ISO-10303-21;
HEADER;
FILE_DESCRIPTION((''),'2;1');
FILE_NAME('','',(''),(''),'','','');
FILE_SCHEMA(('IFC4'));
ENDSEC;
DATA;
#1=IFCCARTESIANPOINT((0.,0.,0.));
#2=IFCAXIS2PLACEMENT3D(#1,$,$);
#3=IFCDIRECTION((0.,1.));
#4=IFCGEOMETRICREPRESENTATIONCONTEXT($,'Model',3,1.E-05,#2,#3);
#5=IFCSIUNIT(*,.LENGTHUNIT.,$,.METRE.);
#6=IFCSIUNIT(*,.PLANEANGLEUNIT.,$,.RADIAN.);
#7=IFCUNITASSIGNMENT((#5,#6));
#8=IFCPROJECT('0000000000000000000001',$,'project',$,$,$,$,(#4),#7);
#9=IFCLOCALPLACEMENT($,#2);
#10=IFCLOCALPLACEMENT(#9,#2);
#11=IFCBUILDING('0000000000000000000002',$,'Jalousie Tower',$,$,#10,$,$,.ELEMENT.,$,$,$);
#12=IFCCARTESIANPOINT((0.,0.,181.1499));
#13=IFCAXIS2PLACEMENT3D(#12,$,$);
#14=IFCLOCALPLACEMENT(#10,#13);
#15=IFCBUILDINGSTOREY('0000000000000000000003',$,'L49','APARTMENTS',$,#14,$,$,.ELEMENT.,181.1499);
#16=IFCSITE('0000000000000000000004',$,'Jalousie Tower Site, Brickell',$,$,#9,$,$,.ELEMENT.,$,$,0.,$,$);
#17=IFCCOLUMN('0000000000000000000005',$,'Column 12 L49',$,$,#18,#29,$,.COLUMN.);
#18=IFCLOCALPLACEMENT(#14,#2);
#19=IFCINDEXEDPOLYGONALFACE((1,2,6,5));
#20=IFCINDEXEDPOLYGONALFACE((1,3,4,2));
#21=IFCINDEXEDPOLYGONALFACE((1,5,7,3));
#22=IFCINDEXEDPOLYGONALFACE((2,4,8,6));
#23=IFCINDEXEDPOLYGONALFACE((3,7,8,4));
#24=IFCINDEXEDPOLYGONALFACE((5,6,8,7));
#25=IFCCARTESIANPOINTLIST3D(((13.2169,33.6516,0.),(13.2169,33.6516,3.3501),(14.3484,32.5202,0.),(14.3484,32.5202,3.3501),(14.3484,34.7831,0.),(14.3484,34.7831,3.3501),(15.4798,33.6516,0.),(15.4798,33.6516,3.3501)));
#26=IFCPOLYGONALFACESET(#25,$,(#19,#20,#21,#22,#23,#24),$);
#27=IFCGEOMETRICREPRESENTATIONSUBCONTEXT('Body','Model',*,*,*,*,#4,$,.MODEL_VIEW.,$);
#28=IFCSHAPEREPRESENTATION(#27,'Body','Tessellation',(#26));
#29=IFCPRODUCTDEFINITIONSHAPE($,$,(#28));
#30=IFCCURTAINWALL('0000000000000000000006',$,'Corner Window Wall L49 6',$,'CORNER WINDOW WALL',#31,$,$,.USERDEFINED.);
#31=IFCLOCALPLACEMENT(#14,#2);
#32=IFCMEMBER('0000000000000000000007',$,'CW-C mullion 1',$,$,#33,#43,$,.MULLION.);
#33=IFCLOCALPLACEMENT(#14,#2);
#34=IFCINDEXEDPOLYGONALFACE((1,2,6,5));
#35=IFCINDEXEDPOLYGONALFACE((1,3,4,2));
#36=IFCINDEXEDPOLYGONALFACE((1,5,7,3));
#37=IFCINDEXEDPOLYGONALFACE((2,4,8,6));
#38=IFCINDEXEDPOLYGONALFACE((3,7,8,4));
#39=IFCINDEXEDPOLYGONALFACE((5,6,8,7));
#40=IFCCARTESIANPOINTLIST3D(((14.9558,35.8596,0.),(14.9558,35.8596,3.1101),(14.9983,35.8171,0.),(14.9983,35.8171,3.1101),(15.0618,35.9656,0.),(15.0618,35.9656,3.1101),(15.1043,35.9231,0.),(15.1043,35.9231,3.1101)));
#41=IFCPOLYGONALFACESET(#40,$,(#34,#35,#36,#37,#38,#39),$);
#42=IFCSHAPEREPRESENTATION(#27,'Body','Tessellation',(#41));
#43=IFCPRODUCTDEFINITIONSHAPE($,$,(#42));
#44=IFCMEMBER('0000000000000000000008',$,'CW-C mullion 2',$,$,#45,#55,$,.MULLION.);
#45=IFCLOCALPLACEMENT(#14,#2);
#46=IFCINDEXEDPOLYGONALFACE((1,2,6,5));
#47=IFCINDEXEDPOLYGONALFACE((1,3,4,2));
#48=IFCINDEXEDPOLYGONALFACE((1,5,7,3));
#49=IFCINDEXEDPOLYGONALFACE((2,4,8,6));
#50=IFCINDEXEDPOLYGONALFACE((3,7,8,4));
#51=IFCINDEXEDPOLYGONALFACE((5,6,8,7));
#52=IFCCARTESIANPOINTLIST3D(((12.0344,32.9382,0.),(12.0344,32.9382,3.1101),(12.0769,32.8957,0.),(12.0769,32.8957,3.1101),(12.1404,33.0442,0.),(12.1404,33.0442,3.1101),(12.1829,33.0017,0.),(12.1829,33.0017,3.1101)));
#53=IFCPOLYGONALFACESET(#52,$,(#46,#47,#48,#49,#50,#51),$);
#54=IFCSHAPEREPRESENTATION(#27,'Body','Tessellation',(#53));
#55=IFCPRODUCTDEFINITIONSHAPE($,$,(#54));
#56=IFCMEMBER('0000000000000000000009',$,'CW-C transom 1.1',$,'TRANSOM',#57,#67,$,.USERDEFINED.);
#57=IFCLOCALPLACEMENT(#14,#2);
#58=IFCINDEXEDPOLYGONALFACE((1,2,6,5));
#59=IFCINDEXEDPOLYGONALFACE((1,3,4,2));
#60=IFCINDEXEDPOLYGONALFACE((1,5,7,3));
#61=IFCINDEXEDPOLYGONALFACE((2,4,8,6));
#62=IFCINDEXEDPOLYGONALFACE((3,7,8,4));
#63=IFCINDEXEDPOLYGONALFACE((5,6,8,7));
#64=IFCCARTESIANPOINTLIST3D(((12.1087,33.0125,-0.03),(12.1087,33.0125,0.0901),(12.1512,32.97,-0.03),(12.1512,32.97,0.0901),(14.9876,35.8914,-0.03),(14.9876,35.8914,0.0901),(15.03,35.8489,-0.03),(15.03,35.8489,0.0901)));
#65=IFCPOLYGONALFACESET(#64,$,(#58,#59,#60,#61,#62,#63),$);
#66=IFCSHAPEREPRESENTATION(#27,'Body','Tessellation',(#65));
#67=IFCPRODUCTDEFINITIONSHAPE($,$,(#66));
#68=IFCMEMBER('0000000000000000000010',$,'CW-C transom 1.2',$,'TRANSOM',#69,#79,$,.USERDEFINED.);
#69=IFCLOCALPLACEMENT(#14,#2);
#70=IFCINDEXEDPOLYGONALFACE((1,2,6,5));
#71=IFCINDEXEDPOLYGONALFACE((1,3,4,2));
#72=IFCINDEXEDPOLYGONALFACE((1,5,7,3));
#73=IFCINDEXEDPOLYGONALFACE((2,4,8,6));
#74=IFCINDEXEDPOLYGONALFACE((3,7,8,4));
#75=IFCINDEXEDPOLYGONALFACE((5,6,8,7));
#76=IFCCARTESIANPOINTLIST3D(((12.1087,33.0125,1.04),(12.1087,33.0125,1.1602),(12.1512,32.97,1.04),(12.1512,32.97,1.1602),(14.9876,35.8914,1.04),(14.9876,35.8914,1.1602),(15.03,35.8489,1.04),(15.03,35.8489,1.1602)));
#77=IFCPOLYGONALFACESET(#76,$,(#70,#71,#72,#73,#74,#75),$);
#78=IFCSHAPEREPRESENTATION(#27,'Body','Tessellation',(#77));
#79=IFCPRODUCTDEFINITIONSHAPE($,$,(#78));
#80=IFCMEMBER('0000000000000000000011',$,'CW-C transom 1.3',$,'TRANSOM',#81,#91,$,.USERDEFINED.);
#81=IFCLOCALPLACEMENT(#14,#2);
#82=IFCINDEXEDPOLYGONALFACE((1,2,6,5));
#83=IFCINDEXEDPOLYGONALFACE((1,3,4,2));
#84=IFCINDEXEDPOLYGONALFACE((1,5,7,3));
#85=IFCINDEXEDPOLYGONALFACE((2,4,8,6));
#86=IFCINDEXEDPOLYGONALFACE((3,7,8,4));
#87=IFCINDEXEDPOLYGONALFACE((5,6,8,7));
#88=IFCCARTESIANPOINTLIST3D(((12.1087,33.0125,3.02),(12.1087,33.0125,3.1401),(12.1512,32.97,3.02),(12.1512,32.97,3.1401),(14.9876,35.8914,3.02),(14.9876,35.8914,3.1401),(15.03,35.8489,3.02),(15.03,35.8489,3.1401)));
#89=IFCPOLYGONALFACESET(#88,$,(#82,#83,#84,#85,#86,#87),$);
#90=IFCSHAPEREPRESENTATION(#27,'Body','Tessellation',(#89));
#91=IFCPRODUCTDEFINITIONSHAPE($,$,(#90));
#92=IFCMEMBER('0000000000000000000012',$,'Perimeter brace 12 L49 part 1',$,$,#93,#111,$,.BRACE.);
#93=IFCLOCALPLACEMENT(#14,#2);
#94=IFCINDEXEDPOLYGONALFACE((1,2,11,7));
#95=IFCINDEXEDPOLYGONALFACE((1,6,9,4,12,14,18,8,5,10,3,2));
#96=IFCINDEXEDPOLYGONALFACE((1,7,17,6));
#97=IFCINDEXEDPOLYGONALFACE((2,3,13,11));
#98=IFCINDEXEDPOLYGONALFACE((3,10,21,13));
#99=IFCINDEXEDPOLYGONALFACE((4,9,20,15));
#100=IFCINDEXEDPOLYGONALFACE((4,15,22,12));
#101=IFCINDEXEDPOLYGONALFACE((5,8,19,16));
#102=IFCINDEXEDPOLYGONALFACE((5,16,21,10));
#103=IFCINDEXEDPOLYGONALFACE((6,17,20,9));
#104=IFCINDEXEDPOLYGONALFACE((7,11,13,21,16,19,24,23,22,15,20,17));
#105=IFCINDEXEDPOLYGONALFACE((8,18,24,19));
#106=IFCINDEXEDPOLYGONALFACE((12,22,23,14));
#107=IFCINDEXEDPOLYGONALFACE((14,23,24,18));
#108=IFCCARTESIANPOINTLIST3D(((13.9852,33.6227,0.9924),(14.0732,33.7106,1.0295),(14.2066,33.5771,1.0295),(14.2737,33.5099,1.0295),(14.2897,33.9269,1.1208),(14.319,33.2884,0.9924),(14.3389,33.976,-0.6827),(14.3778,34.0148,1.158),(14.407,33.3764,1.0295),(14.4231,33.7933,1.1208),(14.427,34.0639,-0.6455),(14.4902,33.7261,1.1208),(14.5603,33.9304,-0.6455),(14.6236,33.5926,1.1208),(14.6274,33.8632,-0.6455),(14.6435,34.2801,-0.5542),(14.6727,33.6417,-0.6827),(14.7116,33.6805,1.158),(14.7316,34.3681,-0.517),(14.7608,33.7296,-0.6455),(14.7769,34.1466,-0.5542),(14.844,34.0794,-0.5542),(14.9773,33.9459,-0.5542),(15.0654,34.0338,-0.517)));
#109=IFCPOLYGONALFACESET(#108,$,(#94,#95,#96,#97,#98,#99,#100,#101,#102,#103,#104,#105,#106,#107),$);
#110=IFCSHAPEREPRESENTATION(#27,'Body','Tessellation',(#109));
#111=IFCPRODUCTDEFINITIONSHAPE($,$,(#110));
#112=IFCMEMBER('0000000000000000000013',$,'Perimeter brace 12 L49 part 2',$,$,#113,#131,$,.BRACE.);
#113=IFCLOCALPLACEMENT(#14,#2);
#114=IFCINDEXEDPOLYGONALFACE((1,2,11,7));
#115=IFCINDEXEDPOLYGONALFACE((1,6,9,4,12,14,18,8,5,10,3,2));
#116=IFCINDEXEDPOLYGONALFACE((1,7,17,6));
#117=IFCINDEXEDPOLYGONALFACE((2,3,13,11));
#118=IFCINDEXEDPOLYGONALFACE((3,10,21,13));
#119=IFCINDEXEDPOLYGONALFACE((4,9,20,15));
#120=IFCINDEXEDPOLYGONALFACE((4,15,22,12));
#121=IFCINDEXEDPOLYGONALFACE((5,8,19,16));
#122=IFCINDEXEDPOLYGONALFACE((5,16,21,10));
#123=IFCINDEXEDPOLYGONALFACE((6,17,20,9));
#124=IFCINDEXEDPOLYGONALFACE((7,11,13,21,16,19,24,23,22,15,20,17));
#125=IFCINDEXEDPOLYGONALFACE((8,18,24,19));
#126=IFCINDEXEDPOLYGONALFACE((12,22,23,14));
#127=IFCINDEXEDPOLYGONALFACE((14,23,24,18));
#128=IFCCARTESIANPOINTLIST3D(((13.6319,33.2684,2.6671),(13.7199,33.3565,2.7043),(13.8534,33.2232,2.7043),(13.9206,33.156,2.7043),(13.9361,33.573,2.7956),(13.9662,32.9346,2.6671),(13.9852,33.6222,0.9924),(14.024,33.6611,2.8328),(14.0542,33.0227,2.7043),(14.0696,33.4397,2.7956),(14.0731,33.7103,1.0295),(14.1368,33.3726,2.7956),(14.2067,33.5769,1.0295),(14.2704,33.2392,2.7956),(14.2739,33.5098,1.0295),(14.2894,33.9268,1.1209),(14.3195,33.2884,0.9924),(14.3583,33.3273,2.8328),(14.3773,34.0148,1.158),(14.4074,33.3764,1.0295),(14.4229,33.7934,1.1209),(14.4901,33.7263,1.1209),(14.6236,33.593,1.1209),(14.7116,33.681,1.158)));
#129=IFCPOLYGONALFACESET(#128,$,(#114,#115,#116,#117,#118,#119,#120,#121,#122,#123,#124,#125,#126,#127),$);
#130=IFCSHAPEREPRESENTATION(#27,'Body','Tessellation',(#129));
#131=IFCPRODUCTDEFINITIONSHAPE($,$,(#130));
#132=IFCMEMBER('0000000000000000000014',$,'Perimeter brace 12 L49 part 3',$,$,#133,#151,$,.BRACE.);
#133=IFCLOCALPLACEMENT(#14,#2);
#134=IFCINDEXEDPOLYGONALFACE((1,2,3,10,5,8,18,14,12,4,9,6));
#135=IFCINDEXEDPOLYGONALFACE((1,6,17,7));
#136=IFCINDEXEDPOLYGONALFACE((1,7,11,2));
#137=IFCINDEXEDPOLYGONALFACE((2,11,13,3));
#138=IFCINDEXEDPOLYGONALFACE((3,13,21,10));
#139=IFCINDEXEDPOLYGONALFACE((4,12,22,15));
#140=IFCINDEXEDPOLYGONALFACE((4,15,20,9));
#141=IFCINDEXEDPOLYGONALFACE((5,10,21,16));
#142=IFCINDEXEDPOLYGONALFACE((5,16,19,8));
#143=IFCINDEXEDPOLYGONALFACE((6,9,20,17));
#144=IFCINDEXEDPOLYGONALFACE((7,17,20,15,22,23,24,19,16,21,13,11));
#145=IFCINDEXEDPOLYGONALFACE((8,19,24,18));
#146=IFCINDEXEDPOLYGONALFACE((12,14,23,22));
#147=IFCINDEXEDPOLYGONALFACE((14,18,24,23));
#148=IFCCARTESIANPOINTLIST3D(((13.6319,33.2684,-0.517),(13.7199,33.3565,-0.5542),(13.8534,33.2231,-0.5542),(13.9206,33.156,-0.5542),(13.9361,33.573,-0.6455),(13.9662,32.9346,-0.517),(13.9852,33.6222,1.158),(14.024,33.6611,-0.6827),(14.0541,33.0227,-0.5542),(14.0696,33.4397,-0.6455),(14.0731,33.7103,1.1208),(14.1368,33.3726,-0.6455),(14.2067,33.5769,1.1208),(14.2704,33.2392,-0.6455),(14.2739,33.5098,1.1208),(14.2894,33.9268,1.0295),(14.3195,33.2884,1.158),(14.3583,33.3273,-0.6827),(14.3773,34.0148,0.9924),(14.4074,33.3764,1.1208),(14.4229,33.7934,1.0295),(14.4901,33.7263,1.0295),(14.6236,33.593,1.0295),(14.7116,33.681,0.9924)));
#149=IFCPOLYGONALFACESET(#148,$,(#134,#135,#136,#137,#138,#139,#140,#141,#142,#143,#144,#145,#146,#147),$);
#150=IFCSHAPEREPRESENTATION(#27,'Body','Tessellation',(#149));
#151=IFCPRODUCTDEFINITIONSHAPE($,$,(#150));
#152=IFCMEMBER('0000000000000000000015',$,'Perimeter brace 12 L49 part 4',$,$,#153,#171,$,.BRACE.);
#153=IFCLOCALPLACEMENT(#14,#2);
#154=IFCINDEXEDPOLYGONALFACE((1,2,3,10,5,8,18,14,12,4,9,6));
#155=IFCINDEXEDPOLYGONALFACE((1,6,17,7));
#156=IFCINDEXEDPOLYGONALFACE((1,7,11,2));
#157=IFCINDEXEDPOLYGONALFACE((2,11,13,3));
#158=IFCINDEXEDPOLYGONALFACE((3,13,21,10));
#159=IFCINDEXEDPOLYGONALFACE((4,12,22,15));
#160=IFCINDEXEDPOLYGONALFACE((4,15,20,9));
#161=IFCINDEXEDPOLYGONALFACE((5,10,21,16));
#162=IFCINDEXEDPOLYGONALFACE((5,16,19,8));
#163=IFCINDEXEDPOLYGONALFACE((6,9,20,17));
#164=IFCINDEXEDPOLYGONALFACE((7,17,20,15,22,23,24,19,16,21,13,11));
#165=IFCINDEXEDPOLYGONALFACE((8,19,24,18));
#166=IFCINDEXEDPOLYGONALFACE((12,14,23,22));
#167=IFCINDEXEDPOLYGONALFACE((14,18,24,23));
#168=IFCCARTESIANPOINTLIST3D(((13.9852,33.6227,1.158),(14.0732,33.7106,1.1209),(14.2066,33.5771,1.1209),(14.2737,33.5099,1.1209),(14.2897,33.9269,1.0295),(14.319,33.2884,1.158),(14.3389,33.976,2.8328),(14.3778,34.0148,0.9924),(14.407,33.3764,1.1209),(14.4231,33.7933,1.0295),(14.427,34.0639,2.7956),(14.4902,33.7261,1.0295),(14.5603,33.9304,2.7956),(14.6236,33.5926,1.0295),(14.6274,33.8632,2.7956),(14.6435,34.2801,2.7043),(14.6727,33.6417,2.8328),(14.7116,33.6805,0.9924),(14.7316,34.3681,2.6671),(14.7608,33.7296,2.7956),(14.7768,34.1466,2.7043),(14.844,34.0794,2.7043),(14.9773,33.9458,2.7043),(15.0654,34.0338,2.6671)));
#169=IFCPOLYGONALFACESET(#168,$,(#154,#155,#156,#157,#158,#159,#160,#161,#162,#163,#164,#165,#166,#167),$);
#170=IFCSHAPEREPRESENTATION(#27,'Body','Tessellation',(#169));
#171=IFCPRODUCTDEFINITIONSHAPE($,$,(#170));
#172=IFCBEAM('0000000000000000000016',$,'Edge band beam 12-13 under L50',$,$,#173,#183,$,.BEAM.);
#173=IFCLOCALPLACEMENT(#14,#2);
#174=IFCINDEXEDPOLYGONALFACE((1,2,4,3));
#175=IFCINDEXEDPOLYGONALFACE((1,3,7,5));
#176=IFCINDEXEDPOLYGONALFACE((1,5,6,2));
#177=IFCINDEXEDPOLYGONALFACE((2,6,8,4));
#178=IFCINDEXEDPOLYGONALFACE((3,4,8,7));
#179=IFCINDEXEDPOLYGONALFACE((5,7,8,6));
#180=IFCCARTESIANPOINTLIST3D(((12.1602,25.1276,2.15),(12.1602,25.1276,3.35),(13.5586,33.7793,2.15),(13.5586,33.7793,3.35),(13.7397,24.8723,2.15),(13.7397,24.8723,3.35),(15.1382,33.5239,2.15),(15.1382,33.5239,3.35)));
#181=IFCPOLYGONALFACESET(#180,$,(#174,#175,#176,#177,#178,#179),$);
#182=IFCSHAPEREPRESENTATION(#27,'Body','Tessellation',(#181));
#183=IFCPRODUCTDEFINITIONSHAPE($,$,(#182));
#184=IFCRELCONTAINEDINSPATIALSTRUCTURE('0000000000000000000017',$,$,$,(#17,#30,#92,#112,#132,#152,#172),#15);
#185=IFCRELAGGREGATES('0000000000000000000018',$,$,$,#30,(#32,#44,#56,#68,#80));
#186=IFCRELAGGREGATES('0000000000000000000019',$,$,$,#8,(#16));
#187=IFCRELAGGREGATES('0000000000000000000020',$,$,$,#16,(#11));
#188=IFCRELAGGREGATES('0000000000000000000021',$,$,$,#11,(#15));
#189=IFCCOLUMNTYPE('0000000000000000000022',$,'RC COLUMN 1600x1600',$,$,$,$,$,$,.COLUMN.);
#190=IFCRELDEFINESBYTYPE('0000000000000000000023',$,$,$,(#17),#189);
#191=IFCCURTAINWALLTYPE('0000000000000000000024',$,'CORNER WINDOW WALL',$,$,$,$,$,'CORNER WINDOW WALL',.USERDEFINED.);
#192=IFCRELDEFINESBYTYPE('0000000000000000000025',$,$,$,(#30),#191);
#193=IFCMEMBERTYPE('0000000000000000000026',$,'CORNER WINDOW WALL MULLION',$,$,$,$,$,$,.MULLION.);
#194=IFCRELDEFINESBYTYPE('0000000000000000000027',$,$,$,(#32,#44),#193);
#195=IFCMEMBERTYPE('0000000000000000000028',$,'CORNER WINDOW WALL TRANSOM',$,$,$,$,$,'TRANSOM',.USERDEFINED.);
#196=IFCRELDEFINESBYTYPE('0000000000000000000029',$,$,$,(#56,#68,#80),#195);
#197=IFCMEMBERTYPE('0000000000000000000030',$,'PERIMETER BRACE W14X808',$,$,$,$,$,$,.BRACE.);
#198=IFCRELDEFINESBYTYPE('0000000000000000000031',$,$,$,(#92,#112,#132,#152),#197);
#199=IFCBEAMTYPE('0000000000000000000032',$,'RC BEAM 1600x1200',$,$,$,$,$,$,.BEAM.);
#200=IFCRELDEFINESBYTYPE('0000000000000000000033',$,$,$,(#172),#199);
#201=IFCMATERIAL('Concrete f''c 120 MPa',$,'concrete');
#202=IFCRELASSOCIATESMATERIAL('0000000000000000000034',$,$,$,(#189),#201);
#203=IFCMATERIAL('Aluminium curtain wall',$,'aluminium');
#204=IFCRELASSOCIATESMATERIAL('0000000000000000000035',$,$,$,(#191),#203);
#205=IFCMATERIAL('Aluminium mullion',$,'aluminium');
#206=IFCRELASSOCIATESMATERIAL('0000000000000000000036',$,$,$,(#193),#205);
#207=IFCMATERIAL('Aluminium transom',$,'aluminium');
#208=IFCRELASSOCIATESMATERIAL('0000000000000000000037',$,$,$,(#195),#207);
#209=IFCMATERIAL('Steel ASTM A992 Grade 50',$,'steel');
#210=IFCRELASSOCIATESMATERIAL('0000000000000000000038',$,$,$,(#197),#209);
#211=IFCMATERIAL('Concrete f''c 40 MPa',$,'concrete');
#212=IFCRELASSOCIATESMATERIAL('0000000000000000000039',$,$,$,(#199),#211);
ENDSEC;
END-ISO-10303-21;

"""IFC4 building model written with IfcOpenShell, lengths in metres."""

from ifc_helpers import new_model, si_unit, direction, frame, origin, origin_2d, place, context, subcontext, project, spatial, rectangle, i_section, extrude, material, material_profile, profile_set, type_object, element, aggregate, save


model = new_model("IFC4")

# Units and contexts
model_context = context("Model", 3, precision=1e-05, world=origin(), true_north=direction((0.0, 1.0)))
body_context = subcontext(model_context, "Body", "Model", "MODEL_VIEW")
ifc_project = project(units=[si_unit("LENGTHUNIT", "METRE"), si_unit("PLANEANGLEUNIT", "RADIAN")], contexts=[model_context])

# Site, building, storey
site_placement = place(None, origin())
site = spatial("IfcSite", under=ifc_project, at=site_placement, Name="Jalousie Tower Site, Brickell", CompositionType="ELEMENT", RefElevation=0.0)
building_placement = place(site_placement, origin())
building = spatial("IfcBuilding", under=site, at=building_placement, Name="Jalousie Tower", CompositionType="ELEMENT")
storey_placement = place(building_placement, frame((0.0, 0.0, 181.1499)))
storey = spatial("IfcBuildingStorey", under=building, at=storey_placement, Name="L49", Description="APARTMENTS", CompositionType="ELEMENT", Elevation=181.1499)

# Column
ifc_material_1 = material(Name="Concrete f'c 120 MPa", Category="concrete")
ifc_material_profile_1 = material_profile(ifc_material_1, rectangle(XDim=1.6001, YDim=1.6001, at=origin_2d()), Name="RC 1600x1600")
ifc_profile_set_1 = profile_set([ifc_material_profile_1], Name="Concrete f'c 120 MPa")
column_type = type_object("IfcColumnType", Name="RC COLUMN 1600x1600", PredefinedType="COLUMN", material=ifc_profile_set_1)
column_placement = place(storey_placement, frame((14.3484, 33.6516, 0.0), z_axis=(0.0, 0.0, 1.0), x_axis=(0.707107, 0.707107, 0.0)))
element("IfcColumn", 1, at=column_placement, inside=storey, type_object=column_type, Name="Column 12 L49", PredefinedType="COLUMN", context=body_context, shape_type="SweptSolid", body=[
    extrude(rectangle(XDim=1.6001, YDim=1.6001, at=origin_2d()), origin(), (0.0, 0.0, 1.0), 3.3501),
])

# Curtain wall, members
ifc_material_2 = material(Name="Aluminium curtain wall", Category="aluminium")
curtain_wall_type_1 = type_object("IfcCurtainWallType", Name="CORNER WINDOW WALL", ElementType="CORNER WINDOW WALL", PredefinedType="USERDEFINED", material=ifc_material_2)
curtain_wall_1_placement = place(storey_placement, origin())
curtain_wall_1 = element("IfcCurtainWall", 2, at=curtain_wall_1_placement, inside=storey, type_object=curtain_wall_type_1, Name="Corner Window Wall L49 6", ObjectType="CORNER WINDOW WALL", PredefinedType="USERDEFINED")
ifc_material_3 = material(Name="Aluminium mullion", Category="aluminium")
ifc_material_profile_2 = material_profile(ifc_material_3, rectangle(XDim=0.0601, YDim=0.1499, at=origin_2d()), Name="MULLION 60x150")
ifc_profile_set_2 = profile_set([ifc_material_profile_2], Name="Aluminium mullion")
member_type_1 = type_object("IfcMemberType", Name="CORNER WINDOW WALL MULLION", PredefinedType="MULLION", material=ifc_profile_set_2)
member_1_placement = place(storey_placement, frame((15.03, 35.8914, 0.0), z_axis=(0.0, 0.0, 1.0), x_axis=(0.707107, -0.707107, 0.0)))
member_1 = element("IfcMember", 3, at=member_1_placement, type_object=member_type_1, Name="CW-C mullion 1", PredefinedType="MULLION", context=body_context, shape_type="SweptSolid", body=[
    extrude(rectangle(XDim=0.0601, YDim=0.1499, at=origin_2d()), origin(), (0.0, 0.0, 1.0), 3.1101),
])
member_2_placement = place(storey_placement, frame((12.1086, 32.97, 0.0), z_axis=(0.0, 0.0, 1.0), x_axis=(0.707107, -0.707107, 0.0)))
member_2 = element("IfcMember", 4, at=member_2_placement, type_object=member_type_1, Name="CW-C mullion 2", PredefinedType="MULLION", context=body_context, shape_type="SweptSolid", body=[
    extrude(rectangle(XDim=0.0601, YDim=0.1499, at=origin_2d()), origin(), (0.0, 0.0, 1.0), 3.1101),
])
ifc_material_4 = material(Name="Aluminium transom", Category="aluminium")
ifc_material_profile_3 = material_profile(ifc_material_4, rectangle(XDim=0.0601, YDim=0.1201, at=origin_2d()), Name="TRANSOM 60x120")
ifc_profile_set_3 = profile_set([ifc_material_profile_3], Name="Aluminium transom")
member_type_2 = type_object("IfcMemberType", Name="CORNER WINDOW WALL TRANSOM", ElementType="TRANSOM", PredefinedType="USERDEFINED", material=ifc_profile_set_3)
member_3_placement = place(storey_placement, frame((15.0088, 35.8701, 0.03), z_axis=(-0.707107, -0.707107, 0.0), x_axis=(0.707107, -0.707107, 0.0)))
member_3 = element("IfcMember", 5, at=member_3_placement, type_object=member_type_2, Name="CW-C transom 1.1", ObjectType="TRANSOM", PredefinedType="USERDEFINED", context=body_context, shape_type="SweptSolid", body=[
    extrude(rectangle(XDim=0.0601, YDim=0.1201, at=origin_2d()), origin(), (0.0, 0.0, 1.0), 4.0713),
])
member_4_placement = place(storey_placement, frame((15.0088, 35.8701, 1.1001), z_axis=(-0.707107, -0.707107, 0.0), x_axis=(0.707107, -0.707107, 0.0)))
member_4 = element("IfcMember", 6, at=member_4_placement, type_object=member_type_2, Name="CW-C transom 1.2", ObjectType="TRANSOM", PredefinedType="USERDEFINED", context=body_context, shape_type="SweptSolid", body=[
    extrude(rectangle(XDim=0.0601, YDim=0.1201, at=origin_2d()), origin(), (0.0, 0.0, 1.0), 4.0713),
])
member_5_placement = place(storey_placement, frame((15.0088, 35.8701, 3.0801), z_axis=(-0.707107, -0.707107, 0.0), x_axis=(0.707107, -0.707107, 0.0)))
member_5 = element("IfcMember", 7, at=member_5_placement, type_object=member_type_2, Name="CW-C transom 1.3", ObjectType="TRANSOM", PredefinedType="USERDEFINED", context=body_context, shape_type="SweptSolid", body=[
    extrude(rectangle(XDim=0.0601, YDim=0.1201, at=origin_2d()), origin(), (0.0, 0.0, 1.0), 4.0713),
])

# Members
ifc_material_5 = material(Name="Steel ASTM A992 Grade 50", Category="steel")
ifc_material_profile_4 = material_profile(ifc_material_5, i_section(OverallWidth=0.4724, OverallDepth=0.5791, WebThickness=0.095, FlangeThickness=0.1299, at=origin_2d()), Name="W14X808")
ifc_profile_set_4 = profile_set([ifc_material_profile_4], Name="Steel ASTM A992 Grade 50")
member_type_3 = type_object("IfcMemberType", Name="PERIMETER BRACE W14X808", PredefinedType="BRACE", material=ifc_profile_set_4)
member_6_placement = place(storey_placement, frame((14.7021, 34.0049, -0.5999), z_axis=(-0.202372, -0.202093, 0.95823), x_axis=(0.706618, -0.707595, 0.0)))
element("IfcMember", 8, at=member_6_placement, inside=storey, type_object=member_type_3, Name="Perimeter brace 12 L49 part 1", PredefinedType="BRACE", context=body_context, shape_type="SweptSolid", body=[
    extrude(i_section(OverallWidth=0.4724, OverallDepth=0.5791, WebThickness=0.095, FlangeThickness=0.1299, at=origin_2d()), origin(), (0.0, 0.0, 1.0), 1.748),
])
member_7_placement = place(storey_placement, frame((14.3484, 33.6516, 1.0752), z_axis=(-0.20212, -0.202399, 0.958218), x_axis=(0.707595, -0.706618, 0.0)))
element("IfcMember", 9, at=member_7_placement, inside=storey, type_object=member_type_3, Name="Perimeter brace 12 L49 part 2", PredefinedType="BRACE", context=body_context, shape_type="SweptSolid", body=[
    extrude(i_section(OverallWidth=0.4724, OverallDepth=0.5791, WebThickness=0.095, FlangeThickness=0.1299, at=origin_2d()), origin(), (0.0, 0.0, 1.0), 1.7478),
])
member_8_placement = place(storey_placement, frame((13.9951, 33.2979, -0.5999), z_axis=(0.202093, 0.202372, 0.95823), x_axis=(-0.707595, 0.706618, 0.0)))
element("IfcMember", 10, at=member_8_placement, inside=storey, type_object=member_type_3, Name="Perimeter brace 12 L49 part 3", PredefinedType="BRACE", context=body_context, shape_type="SweptSolid", body=[
    extrude(i_section(OverallWidth=0.4724, OverallDepth=0.5791, WebThickness=0.095, FlangeThickness=0.1299, at=origin_2d()), origin(), (0.0, 0.0, 1.0), 1.748),
])
member_9_placement = place(storey_placement, frame((14.3484, 33.6516, 1.0752), z_axis=(0.202399, 0.20212, 0.958218), x_axis=(-0.706618, 0.707595, 0.0)))
element("IfcMember", 11, at=member_9_placement, inside=storey, type_object=member_type_3, Name="Perimeter brace 12 L49 part 4", PredefinedType="BRACE", context=body_context, shape_type="SweptSolid", body=[
    extrude(i_section(OverallWidth=0.4724, OverallDepth=0.5791, WebThickness=0.095, FlangeThickness=0.1299, at=origin_2d()), origin(), (0.0, 0.0, 1.0), 1.7478),
])

# Beam
ifc_material_6 = material(Name="Concrete f'c 40 MPa", Category="concrete")
ifc_material_profile_5 = material_profile(ifc_material_6, rectangle(XDim=1.6001, YDim=1.2, at=origin_2d()), Name="RC 1600x1200")
ifc_profile_set_5 = profile_set([ifc_material_profile_5], Name="Concrete f'c 40 MPa")
beam_type = type_object("IfcBeamType", Name="RC BEAM 1600x1200", PredefinedType="BEAM", material=ifc_profile_set_5)
beam_placement = place(storey_placement, frame((14.3484, 33.6516, 2.75), z_axis=(-0.159568, -0.987187, 0.0), x_axis=(0.987187, -0.159568, 0.0)))
element("IfcBeam", 12, at=beam_placement, inside=storey, type_object=beam_type, Name="Edge band beam 12-13 under L50", PredefinedType="BEAM", context=body_context, shape_type="SweptSolid", body=[
    extrude(rectangle(XDim=1.6001, YDim=1.2, at=origin_2d()), origin(), (0.0, 0.0, 1.0), 8.7639),
])

aggregate(curtain_wall_1, [member_1, member_2, member_3, member_4, member_5])

save(model, "model.ifc")
